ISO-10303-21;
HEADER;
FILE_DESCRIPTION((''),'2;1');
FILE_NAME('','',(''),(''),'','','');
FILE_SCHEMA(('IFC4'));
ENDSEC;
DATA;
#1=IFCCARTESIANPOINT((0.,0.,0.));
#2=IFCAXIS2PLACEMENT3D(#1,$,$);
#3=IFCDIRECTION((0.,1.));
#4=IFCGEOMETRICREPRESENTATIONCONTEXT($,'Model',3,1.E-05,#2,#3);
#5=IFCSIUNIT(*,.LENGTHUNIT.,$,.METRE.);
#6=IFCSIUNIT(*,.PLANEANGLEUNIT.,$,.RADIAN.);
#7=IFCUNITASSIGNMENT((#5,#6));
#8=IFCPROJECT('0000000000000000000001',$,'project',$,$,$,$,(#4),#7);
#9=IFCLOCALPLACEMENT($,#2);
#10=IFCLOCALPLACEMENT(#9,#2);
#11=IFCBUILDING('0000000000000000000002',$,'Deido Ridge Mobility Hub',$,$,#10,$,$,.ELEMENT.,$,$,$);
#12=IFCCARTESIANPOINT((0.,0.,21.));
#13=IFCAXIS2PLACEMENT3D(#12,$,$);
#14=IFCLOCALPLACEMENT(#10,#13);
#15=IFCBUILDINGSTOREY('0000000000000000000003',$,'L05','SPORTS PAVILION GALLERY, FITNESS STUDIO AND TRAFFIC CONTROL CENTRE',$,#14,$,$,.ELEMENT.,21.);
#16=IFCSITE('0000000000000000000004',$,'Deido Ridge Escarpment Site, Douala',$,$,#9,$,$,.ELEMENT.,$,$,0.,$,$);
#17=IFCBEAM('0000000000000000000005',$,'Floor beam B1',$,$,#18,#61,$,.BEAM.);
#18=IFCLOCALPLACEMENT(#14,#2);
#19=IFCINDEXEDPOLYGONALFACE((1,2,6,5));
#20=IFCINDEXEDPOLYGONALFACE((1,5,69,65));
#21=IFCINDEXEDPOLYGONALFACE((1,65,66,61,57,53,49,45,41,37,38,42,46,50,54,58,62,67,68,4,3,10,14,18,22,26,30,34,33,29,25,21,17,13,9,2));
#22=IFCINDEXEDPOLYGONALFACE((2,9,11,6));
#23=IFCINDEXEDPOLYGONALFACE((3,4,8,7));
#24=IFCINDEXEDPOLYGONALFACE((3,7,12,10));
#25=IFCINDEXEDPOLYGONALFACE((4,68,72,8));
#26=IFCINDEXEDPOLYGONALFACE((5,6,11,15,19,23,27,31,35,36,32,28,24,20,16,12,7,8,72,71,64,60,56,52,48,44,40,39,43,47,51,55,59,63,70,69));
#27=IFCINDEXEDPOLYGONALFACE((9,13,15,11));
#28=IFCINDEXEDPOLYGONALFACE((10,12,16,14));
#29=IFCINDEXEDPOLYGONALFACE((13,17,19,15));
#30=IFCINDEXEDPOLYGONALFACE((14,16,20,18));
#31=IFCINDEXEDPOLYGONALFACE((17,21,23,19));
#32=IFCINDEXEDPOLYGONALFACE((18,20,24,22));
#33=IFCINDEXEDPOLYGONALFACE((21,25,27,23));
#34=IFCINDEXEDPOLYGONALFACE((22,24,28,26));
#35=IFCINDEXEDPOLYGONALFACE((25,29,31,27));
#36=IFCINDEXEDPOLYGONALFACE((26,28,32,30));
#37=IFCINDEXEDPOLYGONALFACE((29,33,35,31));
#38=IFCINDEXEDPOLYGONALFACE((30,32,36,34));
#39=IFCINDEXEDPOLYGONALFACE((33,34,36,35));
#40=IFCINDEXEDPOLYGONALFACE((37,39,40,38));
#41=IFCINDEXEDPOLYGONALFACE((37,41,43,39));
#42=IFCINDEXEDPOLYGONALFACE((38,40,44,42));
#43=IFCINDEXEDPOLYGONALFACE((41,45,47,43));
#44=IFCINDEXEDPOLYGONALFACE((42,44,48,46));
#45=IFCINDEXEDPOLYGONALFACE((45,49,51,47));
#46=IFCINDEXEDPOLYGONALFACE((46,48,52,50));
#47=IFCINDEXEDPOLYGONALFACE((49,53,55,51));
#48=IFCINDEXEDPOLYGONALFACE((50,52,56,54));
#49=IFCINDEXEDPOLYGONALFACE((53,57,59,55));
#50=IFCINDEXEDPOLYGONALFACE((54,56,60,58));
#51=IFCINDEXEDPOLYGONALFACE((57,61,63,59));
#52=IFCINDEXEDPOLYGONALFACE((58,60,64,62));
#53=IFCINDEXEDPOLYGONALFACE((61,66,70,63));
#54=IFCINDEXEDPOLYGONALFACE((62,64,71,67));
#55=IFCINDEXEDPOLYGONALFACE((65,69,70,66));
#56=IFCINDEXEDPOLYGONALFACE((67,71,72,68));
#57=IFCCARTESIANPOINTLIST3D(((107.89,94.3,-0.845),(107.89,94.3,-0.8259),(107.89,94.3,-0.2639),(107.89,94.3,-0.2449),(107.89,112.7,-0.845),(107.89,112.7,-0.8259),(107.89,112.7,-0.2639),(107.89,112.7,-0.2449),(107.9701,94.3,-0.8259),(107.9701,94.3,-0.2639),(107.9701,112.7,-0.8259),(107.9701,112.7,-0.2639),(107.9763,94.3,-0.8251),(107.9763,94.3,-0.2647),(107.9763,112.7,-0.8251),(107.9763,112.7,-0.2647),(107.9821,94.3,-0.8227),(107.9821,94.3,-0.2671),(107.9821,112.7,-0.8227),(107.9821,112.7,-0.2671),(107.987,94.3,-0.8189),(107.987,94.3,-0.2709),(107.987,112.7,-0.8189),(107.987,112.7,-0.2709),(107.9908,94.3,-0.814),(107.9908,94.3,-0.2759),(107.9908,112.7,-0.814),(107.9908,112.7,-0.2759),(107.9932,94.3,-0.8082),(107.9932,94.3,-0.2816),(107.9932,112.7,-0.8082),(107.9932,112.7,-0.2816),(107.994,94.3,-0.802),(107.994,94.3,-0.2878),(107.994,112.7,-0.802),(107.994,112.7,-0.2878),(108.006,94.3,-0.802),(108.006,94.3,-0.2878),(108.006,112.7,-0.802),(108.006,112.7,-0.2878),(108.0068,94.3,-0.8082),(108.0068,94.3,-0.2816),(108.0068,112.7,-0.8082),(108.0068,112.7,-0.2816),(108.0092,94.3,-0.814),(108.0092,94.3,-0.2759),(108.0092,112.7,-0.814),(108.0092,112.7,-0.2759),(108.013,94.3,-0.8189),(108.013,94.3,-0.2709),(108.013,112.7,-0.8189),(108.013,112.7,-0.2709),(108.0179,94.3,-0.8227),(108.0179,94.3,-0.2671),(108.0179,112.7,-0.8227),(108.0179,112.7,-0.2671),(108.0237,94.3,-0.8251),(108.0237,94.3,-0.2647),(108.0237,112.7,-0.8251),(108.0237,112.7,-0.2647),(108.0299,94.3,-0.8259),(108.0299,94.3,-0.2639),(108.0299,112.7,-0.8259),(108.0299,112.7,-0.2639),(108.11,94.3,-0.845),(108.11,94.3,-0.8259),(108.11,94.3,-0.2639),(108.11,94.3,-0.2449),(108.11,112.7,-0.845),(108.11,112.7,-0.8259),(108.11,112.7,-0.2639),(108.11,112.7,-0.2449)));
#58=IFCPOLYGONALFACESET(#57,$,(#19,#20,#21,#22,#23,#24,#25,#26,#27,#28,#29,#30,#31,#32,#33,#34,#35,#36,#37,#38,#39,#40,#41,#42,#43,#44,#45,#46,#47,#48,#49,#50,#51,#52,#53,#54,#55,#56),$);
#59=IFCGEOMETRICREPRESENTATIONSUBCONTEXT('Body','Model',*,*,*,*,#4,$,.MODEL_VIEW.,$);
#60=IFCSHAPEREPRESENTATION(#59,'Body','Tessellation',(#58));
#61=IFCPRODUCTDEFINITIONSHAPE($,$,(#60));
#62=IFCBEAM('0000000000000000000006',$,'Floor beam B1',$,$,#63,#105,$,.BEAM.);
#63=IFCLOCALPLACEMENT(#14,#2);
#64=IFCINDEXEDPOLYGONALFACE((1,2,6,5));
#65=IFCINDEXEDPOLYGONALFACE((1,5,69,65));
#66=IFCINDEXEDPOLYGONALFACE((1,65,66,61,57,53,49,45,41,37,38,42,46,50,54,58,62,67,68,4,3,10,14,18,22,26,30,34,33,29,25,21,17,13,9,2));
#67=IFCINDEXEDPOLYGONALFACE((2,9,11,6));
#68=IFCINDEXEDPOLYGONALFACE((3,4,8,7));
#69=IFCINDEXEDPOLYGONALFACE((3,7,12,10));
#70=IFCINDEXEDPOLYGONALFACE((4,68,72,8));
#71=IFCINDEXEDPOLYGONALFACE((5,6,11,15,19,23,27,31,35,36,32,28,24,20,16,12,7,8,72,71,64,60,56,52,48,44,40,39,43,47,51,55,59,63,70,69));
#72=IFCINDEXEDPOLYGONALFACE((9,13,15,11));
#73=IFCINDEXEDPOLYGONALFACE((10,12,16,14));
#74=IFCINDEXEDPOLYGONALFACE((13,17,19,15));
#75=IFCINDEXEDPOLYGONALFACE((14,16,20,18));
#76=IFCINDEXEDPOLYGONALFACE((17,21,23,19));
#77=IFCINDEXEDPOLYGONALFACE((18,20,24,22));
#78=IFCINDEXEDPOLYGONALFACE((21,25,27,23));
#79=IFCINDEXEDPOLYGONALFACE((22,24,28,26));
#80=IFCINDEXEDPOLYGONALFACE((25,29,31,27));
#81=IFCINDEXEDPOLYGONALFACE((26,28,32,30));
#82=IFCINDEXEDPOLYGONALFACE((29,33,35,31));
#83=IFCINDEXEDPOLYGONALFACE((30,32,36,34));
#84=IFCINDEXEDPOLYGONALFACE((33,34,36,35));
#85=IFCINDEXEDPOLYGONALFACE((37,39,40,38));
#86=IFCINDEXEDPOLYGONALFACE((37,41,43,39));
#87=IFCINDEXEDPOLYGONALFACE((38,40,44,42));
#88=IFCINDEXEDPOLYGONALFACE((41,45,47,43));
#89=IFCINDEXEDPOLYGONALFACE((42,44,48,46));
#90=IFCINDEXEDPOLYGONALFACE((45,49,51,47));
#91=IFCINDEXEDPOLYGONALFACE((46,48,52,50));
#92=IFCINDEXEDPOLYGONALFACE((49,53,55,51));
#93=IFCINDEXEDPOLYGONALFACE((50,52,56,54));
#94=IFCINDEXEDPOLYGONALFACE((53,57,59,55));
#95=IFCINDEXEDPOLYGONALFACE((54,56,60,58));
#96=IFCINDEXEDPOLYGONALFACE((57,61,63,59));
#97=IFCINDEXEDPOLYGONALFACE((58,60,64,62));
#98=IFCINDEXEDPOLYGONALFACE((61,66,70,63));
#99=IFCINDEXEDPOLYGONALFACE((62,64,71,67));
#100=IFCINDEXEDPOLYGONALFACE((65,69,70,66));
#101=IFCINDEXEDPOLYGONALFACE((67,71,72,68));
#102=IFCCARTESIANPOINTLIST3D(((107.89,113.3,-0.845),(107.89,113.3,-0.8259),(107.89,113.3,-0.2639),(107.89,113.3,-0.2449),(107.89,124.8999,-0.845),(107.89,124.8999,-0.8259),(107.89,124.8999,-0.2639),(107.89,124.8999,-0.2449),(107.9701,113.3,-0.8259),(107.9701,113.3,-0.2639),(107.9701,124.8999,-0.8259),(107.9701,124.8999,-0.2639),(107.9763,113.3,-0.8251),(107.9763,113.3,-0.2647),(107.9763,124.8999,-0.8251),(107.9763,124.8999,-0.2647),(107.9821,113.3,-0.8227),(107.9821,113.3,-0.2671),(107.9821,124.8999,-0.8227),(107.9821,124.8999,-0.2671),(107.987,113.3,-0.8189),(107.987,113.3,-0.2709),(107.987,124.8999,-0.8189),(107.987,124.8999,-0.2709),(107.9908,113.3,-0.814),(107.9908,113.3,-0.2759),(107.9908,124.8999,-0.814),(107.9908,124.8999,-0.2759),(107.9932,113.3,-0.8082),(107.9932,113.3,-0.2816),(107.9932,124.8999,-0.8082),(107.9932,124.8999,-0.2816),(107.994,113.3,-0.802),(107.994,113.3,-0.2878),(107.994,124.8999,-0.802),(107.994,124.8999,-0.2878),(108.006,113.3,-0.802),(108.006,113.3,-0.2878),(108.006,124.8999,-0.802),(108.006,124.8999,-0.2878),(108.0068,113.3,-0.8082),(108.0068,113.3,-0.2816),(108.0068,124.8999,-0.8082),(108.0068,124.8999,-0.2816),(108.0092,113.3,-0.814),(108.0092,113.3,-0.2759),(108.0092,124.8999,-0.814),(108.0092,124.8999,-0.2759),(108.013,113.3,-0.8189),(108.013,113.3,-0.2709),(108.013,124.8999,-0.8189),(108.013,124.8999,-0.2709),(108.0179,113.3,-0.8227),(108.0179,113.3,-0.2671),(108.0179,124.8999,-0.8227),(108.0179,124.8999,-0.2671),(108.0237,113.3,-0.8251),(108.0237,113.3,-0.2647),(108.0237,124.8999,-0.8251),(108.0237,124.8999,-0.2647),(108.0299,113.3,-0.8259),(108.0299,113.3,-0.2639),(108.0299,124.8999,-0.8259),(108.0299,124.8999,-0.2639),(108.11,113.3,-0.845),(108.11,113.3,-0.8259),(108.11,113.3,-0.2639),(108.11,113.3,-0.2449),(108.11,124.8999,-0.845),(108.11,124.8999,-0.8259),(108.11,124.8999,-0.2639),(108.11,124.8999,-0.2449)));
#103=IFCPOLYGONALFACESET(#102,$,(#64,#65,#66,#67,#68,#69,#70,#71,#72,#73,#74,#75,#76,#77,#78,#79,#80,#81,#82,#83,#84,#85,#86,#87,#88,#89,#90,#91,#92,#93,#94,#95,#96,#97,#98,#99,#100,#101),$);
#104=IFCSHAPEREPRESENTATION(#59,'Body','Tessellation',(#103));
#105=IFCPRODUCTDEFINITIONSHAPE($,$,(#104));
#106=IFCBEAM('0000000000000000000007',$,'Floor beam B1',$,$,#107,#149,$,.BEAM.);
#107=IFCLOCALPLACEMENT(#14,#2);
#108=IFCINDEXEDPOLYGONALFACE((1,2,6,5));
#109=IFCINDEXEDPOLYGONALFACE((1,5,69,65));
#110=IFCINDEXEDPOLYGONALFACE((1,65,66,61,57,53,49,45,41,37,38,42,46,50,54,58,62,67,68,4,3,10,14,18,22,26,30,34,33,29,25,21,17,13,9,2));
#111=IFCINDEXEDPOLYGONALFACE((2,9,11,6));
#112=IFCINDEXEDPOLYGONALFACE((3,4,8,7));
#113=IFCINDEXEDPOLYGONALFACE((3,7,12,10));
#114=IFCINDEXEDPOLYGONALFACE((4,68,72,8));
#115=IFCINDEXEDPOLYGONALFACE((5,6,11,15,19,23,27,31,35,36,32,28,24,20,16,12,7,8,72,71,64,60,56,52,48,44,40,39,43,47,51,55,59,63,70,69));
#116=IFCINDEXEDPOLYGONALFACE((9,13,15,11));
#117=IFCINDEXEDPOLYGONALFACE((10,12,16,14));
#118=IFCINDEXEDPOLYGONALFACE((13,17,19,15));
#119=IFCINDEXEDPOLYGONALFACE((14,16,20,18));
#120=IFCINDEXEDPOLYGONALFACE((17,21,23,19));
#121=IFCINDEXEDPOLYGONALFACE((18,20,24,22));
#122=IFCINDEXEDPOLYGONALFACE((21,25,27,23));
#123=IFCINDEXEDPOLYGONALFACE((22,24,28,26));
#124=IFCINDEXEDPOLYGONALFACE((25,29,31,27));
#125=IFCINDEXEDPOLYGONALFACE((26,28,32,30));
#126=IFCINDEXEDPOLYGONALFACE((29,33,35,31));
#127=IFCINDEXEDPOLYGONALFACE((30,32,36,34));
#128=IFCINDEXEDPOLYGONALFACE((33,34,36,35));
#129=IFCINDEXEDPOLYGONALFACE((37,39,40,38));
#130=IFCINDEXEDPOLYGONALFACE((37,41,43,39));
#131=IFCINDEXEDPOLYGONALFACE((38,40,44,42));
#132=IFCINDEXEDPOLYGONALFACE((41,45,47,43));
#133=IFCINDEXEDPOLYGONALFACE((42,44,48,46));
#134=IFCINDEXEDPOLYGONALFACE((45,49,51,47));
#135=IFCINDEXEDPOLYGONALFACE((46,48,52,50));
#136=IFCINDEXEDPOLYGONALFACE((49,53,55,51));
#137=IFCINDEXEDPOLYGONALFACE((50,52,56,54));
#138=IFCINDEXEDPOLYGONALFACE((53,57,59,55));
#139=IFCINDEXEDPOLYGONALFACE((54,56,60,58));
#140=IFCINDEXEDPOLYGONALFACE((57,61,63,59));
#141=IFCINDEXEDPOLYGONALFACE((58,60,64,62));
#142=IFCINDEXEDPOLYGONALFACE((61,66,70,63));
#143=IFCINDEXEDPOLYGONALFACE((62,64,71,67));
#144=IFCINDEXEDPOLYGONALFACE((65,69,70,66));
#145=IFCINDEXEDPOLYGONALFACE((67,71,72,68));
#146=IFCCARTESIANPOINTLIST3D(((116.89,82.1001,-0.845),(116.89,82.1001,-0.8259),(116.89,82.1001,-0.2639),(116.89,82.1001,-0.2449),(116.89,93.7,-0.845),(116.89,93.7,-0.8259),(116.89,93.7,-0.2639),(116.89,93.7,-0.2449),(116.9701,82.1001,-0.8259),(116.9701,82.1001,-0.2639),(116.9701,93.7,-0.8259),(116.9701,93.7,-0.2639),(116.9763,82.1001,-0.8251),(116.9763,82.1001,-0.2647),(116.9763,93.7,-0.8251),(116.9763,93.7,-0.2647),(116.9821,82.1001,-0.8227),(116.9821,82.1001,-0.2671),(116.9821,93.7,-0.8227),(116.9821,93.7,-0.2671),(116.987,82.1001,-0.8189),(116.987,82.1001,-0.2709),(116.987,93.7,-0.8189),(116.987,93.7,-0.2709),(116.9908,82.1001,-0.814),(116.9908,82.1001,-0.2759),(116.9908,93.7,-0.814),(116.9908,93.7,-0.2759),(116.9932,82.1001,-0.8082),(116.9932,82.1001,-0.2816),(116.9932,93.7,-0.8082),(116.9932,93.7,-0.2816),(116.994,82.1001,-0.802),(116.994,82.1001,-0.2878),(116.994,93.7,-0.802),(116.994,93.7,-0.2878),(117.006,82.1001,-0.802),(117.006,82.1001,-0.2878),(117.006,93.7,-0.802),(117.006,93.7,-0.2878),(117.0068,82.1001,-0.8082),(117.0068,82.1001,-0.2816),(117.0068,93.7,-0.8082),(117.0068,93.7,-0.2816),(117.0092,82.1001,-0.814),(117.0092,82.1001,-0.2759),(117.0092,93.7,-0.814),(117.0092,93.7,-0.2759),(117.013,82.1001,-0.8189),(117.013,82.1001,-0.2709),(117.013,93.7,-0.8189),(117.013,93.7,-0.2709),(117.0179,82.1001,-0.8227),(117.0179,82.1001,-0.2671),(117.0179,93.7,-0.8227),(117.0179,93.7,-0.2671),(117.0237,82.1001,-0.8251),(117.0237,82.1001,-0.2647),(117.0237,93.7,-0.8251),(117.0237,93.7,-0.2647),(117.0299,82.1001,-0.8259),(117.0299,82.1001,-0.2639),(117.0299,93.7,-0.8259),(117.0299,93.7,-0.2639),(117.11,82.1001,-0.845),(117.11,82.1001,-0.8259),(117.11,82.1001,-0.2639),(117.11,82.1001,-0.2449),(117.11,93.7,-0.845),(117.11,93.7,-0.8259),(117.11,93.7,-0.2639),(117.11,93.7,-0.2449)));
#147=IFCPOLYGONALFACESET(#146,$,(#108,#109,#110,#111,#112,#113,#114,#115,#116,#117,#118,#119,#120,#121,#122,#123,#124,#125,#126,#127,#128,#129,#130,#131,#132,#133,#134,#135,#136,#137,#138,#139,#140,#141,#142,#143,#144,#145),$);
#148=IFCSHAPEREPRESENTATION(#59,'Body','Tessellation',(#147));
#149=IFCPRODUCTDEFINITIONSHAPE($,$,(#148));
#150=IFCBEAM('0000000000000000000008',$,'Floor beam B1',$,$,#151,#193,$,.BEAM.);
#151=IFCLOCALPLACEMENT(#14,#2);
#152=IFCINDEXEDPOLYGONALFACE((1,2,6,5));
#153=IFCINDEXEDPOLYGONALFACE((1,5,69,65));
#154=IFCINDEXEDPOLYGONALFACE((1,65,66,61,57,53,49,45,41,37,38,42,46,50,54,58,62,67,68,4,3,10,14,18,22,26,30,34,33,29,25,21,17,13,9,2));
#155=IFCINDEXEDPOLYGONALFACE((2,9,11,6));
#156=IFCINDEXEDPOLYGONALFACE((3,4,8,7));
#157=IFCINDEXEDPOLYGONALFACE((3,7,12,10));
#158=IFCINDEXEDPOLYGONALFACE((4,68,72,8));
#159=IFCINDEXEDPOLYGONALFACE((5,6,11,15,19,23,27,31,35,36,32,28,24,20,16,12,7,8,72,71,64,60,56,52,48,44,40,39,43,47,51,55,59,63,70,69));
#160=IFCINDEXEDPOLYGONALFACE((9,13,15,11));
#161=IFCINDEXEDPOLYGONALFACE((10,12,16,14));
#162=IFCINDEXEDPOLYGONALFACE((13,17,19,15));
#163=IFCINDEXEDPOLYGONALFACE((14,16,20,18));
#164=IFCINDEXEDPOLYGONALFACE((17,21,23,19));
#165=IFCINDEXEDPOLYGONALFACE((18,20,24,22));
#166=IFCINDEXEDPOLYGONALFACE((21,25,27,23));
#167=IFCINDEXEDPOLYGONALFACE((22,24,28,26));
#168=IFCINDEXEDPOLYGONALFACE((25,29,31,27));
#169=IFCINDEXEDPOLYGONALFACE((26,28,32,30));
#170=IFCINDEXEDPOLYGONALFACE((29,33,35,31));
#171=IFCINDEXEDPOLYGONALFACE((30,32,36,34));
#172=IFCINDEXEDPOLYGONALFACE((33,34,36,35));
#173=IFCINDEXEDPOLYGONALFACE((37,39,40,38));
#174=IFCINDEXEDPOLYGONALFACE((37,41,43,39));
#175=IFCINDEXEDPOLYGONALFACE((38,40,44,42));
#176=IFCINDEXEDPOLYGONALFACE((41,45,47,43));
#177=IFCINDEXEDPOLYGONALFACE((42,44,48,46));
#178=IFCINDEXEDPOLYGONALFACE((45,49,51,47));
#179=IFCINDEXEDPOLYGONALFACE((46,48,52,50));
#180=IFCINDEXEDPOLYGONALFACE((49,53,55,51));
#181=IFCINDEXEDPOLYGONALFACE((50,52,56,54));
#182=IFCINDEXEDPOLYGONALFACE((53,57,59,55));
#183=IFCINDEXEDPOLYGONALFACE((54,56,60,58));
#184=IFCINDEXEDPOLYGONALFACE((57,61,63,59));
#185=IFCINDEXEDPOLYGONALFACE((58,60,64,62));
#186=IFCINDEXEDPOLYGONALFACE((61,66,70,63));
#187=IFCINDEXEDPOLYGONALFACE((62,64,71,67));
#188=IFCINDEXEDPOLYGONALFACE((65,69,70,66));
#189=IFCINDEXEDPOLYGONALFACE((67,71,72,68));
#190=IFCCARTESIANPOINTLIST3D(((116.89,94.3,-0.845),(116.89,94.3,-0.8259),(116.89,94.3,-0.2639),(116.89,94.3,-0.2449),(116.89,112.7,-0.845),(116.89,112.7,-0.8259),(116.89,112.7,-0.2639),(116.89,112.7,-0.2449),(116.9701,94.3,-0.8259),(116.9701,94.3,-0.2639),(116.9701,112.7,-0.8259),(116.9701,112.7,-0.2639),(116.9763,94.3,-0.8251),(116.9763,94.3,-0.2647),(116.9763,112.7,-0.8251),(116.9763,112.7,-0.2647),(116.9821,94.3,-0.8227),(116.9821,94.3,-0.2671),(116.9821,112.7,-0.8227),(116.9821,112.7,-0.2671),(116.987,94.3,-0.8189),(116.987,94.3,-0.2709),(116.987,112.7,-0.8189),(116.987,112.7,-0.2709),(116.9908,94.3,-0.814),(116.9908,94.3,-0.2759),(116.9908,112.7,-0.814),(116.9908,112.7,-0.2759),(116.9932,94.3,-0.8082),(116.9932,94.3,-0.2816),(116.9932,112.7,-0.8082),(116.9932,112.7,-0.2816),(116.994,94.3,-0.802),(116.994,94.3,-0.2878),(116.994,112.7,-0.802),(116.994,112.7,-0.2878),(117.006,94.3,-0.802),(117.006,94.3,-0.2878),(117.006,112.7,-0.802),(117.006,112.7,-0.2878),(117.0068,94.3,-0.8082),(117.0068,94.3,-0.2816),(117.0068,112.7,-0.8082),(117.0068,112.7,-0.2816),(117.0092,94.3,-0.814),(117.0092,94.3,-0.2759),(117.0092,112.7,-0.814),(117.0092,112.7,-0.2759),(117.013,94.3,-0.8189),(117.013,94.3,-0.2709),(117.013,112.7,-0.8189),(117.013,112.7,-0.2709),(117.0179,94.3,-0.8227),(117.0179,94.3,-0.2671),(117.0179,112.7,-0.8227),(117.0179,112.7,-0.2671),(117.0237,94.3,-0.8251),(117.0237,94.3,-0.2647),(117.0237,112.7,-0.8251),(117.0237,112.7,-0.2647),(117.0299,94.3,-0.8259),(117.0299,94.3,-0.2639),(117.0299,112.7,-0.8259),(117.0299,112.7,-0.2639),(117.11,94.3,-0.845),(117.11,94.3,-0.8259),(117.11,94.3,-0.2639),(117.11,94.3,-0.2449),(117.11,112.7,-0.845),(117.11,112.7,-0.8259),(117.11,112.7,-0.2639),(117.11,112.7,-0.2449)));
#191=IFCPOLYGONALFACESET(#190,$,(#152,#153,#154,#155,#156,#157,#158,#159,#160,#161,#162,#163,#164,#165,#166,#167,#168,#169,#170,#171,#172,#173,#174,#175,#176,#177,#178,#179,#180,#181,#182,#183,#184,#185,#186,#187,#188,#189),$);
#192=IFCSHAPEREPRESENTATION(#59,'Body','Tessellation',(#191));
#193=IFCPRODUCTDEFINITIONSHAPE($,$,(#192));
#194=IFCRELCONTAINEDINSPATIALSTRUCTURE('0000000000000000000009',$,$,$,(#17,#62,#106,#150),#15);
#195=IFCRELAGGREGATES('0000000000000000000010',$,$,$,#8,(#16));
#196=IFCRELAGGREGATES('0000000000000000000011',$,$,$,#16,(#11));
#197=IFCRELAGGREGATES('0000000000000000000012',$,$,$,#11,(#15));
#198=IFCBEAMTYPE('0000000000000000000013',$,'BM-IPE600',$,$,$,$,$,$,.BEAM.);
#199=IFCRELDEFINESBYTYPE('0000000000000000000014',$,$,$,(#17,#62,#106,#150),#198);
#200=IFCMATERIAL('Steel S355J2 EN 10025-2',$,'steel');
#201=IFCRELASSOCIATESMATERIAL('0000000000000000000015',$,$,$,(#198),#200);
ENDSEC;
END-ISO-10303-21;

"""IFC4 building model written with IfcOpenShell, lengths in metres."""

from ifc_helpers import new_model, si_unit, direction, frame, origin, origin_2d, place, context, subcontext, project, spatial, i_section, extrude, material, material_profile, profile_set, type_object, element, save


model = new_model("IFC4")

# Units and contexts
model_context = context("Model", 3, precision=1e-05, world=origin(), true_north=direction((0.0, 1.0)))
body_context = subcontext(model_context, "Body", "Model", "MODEL_VIEW")
ifc_project = project(units=[si_unit("LENGTHUNIT", "METRE"), si_unit("PLANEANGLEUNIT", "RADIAN")], contexts=[model_context])

# Site, building, storey
site_placement = place(None, origin())
site = spatial("IfcSite", under=ifc_project, at=site_placement, Name="Deido Ridge Escarpment Site, Douala", CompositionType="ELEMENT", RefElevation=0.0)
building_placement = place(site_placement, origin())
building = spatial("IfcBuilding", under=site, at=building_placement, Name="Deido Ridge Mobility Hub", CompositionType="ELEMENT")
storey_placement = place(building_placement, frame((0.0, 0.0, 21.0)))
storey = spatial("IfcBuildingStorey", under=building, at=storey_placement, Name="L05", Description="SPORTS PAVILION GALLERY, FITNESS STUDIO AND TRAFFIC CONTROL CENTRE", CompositionType="ELEMENT", Elevation=21.0)

# Beams
ifc_material_1 = material(Name="Steel S355J2 EN 10025-2", Category="steel")
ifc_material_profile_1 = material_profile(ifc_material_1, i_section(OverallWidth=0.22, OverallDepth=0.6001, WebThickness=0.012, FlangeThickness=0.019, FilletRadius=0.0239, at=origin_2d()), Name="IPE 600")
ifc_profile_set_1 = profile_set([ifc_material_profile_1], Name="Steel S355J2 EN 10025-2")
beam_type_1 = type_object("IfcBeamType", Name="BM-IPE600", PredefinedType="BEAM", material=ifc_profile_set_1)
beam_1_placement = place(storey_placement, frame((108.0, 94.3, -0.5449), z_axis=(0.0, 1.0, 0.0), x_axis=(-1.0, 0.0, 0.0)))
element("IfcBeam", 1, at=beam_1_placement, inside=storey, type_object=beam_type_1, Name="Floor beam B1", PredefinedType="BEAM", context=body_context, shape_type="SweptSolid", body=[
    extrude(i_section(OverallWidth=0.22, OverallDepth=0.6001, WebThickness=0.012, FlangeThickness=0.019, FilletRadius=0.0239, at=origin_2d()), origin(), (0.0, 0.0, 1.0), 18.3999),
])
for number, where, z_axis, x_axis, name in (
    (2, (108.0, 113.3, -0.5449), (0.0, 1.0, 0.0), (-1.0, 0.0, 0.0), "Floor beam B1"),
    (3, (117.0, 82.1001, -0.5449), (0.0, 1.0, 0.0), (-1.0, 0.0, 0.0), "Floor beam B1"),
):
    element("IfcBeam", number, at=place(storey_placement, frame(where, z_axis=z_axis, x_axis=x_axis)), inside=storey, type_object=beam_type_1, Name=name, PredefinedType="BEAM", context=body_context, shape_type="SweptSolid", body=[
        extrude(i_section(OverallWidth=0.22, OverallDepth=0.6001, WebThickness=0.012, FlangeThickness=0.019, FilletRadius=0.0239, at=origin_2d()), origin(), (0.0, 0.0, 1.0), 11.5999),
    ])
beam_2_placement = place(storey_placement, frame((117.0, 94.3, -0.5449), z_axis=(0.0, 1.0, 0.0), x_axis=(-1.0, 0.0, 0.0)))
element("IfcBeam", 4, at=beam_2_placement, inside=storey, type_object=beam_type_1, Name="Floor beam B1", PredefinedType="BEAM", context=body_context, shape_type="SweptSolid", body=[
    extrude(i_section(OverallWidth=0.22, OverallDepth=0.6001, WebThickness=0.012, FlangeThickness=0.019, FilletRadius=0.0239, at=origin_2d()), origin(), (0.0, 0.0, 1.0), 18.3999),
])

save(model, "model.ifc")
